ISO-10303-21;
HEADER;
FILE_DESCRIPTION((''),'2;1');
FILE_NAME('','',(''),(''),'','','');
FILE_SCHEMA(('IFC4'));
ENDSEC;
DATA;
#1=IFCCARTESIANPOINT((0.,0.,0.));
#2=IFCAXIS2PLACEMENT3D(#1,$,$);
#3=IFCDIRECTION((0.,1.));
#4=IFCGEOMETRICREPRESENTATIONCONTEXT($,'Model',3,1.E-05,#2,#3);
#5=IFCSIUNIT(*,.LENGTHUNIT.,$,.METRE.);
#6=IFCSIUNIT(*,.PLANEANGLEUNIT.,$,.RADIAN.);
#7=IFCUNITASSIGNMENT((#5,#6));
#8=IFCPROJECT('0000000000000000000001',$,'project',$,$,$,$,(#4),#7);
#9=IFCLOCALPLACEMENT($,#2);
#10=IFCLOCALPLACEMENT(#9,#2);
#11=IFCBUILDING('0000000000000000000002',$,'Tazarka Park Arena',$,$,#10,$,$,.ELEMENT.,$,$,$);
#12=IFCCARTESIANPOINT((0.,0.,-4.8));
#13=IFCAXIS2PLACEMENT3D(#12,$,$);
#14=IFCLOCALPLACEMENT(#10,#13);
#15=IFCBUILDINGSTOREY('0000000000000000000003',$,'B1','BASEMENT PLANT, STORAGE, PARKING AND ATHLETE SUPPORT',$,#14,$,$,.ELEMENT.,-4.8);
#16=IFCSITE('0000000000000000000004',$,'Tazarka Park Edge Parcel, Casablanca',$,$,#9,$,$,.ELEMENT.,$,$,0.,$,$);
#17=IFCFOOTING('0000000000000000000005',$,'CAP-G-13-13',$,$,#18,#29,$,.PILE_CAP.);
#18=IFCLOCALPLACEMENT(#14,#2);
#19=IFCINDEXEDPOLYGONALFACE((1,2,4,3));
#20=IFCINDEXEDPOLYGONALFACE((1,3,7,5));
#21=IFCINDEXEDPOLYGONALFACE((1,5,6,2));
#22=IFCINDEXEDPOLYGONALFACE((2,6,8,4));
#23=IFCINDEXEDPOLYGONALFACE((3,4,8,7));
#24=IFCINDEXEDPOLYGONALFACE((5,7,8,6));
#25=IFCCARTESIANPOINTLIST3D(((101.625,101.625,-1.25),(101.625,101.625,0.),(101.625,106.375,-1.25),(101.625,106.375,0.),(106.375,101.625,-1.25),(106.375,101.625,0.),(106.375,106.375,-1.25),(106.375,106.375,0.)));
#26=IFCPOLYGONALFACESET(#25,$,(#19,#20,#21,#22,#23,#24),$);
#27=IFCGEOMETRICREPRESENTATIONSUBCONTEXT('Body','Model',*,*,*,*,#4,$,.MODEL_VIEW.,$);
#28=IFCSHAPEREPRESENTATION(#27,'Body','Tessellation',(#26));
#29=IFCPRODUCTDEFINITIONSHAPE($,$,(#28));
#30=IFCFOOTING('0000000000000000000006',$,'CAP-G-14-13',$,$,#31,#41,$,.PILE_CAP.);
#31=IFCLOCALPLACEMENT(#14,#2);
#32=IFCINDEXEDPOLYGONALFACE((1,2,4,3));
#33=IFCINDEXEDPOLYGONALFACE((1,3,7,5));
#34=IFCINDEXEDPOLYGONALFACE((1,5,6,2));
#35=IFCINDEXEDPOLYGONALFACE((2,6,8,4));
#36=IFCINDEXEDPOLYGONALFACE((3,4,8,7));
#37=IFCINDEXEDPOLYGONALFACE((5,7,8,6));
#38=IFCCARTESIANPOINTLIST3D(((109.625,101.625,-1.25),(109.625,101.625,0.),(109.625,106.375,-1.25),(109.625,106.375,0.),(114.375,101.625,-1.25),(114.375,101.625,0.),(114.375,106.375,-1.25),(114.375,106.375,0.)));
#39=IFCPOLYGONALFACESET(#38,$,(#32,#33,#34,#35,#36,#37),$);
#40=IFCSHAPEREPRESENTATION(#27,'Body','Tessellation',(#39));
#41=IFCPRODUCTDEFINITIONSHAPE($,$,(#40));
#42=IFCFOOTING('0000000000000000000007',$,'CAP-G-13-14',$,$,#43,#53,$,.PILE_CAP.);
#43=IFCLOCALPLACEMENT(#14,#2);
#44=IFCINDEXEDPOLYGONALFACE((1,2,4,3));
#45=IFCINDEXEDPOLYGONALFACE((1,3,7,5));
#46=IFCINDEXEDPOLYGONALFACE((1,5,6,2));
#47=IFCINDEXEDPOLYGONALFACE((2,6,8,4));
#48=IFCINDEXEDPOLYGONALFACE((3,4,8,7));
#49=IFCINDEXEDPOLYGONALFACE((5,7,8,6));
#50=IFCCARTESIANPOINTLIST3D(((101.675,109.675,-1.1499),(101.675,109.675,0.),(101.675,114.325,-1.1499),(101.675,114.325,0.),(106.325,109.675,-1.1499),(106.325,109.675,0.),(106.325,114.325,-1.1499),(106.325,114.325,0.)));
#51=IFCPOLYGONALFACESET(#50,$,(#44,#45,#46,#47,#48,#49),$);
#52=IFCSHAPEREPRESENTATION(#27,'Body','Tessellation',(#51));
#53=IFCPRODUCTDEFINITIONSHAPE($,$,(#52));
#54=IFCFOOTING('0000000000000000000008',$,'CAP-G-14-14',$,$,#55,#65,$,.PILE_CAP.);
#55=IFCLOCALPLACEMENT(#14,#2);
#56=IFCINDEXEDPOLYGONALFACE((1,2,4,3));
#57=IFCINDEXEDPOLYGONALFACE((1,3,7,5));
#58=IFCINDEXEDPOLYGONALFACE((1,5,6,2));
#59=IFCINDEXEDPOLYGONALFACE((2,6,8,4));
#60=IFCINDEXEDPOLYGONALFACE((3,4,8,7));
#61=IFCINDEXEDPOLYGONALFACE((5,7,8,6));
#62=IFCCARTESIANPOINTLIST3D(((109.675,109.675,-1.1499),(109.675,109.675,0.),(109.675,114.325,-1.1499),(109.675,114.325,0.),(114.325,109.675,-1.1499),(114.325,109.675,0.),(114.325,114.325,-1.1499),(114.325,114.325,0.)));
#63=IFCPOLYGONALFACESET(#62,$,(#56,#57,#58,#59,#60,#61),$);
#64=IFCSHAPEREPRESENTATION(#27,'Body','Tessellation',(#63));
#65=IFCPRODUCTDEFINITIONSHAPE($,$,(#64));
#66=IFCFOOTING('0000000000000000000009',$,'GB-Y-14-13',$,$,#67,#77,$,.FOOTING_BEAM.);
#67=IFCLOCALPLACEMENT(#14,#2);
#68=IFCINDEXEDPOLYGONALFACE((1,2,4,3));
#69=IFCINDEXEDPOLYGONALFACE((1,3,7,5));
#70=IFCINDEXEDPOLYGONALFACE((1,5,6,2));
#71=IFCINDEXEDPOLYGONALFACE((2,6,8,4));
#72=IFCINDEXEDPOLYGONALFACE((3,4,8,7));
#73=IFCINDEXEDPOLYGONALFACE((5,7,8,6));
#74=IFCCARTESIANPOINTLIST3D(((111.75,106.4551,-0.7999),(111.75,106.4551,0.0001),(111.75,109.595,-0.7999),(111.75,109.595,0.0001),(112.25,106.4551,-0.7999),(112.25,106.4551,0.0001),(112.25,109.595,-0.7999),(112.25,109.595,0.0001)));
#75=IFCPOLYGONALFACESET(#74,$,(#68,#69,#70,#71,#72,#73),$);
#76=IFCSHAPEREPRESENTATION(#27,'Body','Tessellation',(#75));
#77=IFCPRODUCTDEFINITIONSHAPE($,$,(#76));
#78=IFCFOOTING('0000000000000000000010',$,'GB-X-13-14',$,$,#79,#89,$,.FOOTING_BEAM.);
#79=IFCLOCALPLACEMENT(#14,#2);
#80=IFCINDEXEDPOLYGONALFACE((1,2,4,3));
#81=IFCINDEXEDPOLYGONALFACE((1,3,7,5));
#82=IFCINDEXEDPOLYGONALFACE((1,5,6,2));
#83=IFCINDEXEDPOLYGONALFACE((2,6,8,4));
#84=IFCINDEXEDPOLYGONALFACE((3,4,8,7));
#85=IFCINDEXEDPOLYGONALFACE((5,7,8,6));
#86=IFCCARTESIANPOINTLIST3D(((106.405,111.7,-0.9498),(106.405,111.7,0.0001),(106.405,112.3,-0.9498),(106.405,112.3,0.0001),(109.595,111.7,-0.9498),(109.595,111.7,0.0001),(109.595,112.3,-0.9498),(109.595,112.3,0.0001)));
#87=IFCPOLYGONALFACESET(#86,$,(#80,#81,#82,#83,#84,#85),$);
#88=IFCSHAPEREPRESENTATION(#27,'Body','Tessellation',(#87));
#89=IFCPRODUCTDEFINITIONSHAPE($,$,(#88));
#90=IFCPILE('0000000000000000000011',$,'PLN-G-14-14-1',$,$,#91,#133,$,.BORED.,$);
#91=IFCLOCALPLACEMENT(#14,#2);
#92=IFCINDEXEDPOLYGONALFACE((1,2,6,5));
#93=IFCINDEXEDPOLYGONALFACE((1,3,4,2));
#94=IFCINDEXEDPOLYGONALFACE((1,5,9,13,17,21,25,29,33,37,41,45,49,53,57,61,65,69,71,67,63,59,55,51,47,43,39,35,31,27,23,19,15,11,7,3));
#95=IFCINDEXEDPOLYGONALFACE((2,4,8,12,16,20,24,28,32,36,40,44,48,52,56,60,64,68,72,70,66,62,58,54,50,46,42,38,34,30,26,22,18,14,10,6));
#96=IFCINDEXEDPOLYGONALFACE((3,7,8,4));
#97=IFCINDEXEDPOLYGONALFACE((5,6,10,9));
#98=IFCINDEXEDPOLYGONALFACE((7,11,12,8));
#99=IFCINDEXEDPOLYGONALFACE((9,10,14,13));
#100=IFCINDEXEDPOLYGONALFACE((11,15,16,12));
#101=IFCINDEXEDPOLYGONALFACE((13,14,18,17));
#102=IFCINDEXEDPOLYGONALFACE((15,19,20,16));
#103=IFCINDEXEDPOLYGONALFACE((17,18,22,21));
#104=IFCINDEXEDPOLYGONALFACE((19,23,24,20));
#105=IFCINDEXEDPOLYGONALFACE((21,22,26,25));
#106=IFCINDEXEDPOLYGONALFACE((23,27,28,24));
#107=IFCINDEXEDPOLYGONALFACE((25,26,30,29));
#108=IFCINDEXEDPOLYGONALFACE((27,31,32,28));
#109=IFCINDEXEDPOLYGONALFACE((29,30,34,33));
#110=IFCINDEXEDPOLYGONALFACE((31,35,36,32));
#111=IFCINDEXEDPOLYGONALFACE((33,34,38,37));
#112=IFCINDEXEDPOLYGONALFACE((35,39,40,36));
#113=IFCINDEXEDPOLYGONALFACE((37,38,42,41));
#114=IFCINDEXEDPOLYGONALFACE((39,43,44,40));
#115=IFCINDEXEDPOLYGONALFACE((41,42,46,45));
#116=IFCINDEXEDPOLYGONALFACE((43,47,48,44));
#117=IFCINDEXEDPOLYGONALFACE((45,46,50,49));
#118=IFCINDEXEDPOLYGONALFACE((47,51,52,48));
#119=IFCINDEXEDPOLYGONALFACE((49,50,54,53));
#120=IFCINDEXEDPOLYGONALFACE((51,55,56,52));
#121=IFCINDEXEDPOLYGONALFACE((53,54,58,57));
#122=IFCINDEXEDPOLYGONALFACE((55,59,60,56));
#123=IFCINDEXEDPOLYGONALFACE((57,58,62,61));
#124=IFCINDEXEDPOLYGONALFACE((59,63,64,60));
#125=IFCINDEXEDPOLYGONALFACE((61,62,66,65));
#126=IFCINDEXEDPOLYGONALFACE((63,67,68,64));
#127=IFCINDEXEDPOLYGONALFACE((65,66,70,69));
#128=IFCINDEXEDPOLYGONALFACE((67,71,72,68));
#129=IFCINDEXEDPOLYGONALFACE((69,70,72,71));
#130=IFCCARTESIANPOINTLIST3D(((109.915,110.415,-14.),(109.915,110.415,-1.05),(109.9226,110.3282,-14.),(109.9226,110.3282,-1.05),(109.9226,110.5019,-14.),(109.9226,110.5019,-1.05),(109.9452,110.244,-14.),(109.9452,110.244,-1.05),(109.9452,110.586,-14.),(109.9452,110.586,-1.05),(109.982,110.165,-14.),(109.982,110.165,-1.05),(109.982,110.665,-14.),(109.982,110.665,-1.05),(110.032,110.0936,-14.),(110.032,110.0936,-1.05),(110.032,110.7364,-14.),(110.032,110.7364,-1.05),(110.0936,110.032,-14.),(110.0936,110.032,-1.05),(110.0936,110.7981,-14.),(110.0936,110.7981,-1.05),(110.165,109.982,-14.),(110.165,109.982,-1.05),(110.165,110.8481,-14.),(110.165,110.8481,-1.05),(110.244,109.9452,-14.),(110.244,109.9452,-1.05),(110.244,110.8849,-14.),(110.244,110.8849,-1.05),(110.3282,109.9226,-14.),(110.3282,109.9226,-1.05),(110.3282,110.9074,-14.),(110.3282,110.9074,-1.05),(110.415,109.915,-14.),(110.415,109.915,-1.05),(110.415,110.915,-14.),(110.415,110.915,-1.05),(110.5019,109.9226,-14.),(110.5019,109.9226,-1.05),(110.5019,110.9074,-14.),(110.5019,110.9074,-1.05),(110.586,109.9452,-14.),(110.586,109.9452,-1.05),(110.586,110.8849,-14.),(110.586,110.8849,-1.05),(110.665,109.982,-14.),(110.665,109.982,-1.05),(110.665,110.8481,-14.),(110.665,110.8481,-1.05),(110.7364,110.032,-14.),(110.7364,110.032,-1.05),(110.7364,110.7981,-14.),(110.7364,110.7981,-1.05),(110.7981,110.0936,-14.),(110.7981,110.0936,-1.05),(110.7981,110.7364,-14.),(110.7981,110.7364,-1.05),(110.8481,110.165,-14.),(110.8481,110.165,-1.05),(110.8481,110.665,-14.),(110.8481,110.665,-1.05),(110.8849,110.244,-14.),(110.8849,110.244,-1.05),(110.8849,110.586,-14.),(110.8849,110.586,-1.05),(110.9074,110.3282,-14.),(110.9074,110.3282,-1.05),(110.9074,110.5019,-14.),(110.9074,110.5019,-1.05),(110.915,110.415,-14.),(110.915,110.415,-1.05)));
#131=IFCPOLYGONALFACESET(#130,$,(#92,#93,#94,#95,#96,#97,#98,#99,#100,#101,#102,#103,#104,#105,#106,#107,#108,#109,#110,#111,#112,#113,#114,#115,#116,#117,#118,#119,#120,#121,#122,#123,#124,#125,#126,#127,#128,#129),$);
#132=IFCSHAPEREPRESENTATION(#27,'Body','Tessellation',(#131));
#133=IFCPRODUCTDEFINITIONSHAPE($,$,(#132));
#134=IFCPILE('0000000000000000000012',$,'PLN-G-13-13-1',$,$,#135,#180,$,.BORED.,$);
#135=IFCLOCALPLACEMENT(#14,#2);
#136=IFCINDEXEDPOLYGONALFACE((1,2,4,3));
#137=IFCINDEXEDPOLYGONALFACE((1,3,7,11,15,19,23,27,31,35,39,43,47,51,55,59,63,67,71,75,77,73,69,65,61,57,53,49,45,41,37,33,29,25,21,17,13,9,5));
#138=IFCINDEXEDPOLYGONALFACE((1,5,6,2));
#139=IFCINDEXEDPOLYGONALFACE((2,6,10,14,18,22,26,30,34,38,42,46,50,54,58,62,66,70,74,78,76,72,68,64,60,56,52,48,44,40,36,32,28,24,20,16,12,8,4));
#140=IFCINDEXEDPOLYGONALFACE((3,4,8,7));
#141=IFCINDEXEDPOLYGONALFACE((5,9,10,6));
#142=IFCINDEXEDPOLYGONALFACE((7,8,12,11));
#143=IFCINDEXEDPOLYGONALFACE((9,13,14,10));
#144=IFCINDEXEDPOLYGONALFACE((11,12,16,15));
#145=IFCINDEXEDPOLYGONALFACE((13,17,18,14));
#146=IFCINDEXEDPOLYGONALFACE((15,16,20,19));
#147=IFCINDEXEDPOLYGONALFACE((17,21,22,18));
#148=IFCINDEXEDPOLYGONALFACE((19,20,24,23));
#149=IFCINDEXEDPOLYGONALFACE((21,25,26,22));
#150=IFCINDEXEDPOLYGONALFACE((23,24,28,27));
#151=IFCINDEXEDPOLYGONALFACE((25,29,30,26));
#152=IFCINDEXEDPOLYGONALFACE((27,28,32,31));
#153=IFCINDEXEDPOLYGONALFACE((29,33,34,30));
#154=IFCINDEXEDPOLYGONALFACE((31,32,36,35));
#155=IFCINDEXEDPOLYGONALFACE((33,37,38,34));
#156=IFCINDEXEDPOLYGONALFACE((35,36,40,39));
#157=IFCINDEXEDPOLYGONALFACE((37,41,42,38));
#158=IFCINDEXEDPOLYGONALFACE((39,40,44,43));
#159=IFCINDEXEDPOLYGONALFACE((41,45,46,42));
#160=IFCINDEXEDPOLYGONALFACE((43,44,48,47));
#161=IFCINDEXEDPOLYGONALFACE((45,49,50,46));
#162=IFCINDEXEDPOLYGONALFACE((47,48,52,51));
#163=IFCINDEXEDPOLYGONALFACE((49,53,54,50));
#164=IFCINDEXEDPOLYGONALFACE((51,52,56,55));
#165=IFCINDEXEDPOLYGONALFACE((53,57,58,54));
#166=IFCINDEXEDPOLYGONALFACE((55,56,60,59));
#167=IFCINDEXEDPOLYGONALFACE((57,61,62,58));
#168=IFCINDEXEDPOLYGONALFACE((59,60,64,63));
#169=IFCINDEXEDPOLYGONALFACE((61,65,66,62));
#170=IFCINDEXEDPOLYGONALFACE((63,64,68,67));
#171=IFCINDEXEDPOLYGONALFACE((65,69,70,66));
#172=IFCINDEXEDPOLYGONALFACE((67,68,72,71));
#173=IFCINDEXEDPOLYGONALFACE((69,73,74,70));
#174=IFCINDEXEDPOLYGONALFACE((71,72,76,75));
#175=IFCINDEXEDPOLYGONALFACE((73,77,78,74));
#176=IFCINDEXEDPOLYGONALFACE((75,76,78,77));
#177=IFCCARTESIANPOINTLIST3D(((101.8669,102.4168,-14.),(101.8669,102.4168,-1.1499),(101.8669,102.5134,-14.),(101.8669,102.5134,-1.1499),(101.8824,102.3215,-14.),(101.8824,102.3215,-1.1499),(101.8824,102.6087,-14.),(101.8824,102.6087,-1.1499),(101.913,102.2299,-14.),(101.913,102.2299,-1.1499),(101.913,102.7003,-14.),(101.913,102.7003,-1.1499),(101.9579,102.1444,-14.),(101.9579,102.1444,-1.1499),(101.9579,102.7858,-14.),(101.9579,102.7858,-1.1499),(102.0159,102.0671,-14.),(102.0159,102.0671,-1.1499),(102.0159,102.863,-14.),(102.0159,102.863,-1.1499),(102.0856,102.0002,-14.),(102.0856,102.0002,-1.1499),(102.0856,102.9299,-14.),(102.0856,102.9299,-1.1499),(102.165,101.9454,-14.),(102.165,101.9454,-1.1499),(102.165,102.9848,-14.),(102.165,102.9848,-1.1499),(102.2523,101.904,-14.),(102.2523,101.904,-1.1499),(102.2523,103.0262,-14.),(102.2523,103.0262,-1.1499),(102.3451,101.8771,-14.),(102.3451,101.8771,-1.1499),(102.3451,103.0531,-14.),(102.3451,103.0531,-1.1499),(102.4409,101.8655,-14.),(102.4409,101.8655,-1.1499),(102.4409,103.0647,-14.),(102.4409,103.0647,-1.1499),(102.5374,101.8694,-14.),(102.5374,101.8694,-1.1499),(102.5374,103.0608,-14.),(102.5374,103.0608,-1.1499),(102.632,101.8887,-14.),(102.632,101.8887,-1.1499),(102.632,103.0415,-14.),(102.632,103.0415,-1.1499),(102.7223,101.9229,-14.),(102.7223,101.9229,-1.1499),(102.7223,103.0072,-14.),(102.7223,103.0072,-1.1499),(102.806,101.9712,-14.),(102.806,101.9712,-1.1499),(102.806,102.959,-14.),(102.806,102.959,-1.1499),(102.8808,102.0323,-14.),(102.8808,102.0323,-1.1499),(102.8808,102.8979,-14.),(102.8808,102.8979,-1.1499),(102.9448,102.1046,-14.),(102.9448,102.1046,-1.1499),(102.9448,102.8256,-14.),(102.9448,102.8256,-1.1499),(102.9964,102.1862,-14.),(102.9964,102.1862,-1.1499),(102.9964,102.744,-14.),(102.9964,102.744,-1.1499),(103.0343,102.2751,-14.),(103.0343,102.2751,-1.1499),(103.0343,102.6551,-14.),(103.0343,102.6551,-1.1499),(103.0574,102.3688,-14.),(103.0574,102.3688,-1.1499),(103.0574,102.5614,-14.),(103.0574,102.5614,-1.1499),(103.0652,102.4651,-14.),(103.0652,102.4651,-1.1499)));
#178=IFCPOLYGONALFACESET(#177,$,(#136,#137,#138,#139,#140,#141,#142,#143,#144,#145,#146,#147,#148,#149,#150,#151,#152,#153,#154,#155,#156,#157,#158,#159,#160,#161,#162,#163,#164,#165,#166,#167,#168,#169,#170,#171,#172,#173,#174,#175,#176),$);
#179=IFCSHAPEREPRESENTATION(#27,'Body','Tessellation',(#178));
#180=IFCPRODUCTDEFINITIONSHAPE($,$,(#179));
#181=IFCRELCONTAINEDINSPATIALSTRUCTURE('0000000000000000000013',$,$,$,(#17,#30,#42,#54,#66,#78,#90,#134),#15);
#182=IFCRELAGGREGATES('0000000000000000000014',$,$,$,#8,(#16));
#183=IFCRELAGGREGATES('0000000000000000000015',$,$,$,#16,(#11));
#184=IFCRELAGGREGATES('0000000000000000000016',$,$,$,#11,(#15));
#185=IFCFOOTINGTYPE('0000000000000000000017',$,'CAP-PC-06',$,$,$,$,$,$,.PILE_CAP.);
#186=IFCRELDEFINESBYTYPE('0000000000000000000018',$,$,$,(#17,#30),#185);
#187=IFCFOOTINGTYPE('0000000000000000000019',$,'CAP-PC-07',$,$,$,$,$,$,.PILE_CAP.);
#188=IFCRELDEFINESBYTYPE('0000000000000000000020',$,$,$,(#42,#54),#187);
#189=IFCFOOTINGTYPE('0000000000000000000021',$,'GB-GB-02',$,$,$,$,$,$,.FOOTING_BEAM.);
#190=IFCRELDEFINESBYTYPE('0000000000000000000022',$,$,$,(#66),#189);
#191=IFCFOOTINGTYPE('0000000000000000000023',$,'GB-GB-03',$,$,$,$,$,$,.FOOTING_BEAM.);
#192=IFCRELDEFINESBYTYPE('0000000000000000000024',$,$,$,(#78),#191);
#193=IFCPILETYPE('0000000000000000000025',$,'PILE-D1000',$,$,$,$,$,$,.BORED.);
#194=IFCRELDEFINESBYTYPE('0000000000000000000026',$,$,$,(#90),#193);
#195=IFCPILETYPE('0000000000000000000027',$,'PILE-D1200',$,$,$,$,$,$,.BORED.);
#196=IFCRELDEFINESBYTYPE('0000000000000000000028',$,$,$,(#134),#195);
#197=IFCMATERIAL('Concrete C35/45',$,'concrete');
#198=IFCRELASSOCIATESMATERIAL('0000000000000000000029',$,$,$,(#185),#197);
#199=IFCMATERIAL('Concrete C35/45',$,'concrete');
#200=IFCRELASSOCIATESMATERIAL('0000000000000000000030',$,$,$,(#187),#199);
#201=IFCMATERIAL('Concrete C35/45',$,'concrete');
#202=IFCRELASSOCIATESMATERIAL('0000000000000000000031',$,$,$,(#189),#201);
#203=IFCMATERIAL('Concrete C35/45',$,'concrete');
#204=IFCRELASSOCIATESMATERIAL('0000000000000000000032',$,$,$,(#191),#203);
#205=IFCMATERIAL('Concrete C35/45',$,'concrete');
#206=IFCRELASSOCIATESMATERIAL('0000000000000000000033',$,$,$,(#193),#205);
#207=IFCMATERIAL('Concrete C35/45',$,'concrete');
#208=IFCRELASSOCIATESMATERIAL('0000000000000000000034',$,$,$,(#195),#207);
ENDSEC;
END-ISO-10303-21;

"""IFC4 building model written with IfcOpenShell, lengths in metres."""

from ifc_helpers import new_model, si_unit, direction, frame, origin, origin_2d, place, context, subcontext, project, spatial, rectangle, circle, extrude, material, material_profile, profile_set, type_object, element, save


model = new_model("IFC4")

# Units and contexts
model_context = context("Model", 3, precision=1e-05, world=origin(), true_north=direction((0.0, 1.0)))
body_context = subcontext(model_context, "Body", "Model", "MODEL_VIEW")
ifc_project = project(units=[si_unit("LENGTHUNIT", "METRE"), si_unit("PLANEANGLEUNIT", "RADIAN")], contexts=[model_context])

# Site, building, storey
site_placement = place(None, origin())
site = spatial("IfcSite", under=ifc_project, at=site_placement, Name="Tazarka Park Edge Parcel, Casablanca", CompositionType="ELEMENT", RefElevation=0.0)
building_placement = place(site_placement, origin())
building = spatial("IfcBuilding", under=site, at=building_placement, Name="Tazarka Park Arena", CompositionType="ELEMENT")
storey_placement = place(building_placement, frame((0.0, 0.0, -4.8)))
storey = spatial("IfcBuildingStorey", under=building, at=storey_placement, Name="B1", Description="BASEMENT PLANT, STORAGE, PARKING AND ATHLETE SUPPORT", CompositionType="ELEMENT", Elevation=-4.8)

# Footings
ifc_material_1 = material(Name="Concrete C35/45", Category="concrete")
footing_type_1 = type_object("IfcFootingType", Name="CAP-PC-06", PredefinedType="PILE_CAP", material=ifc_material_1)
for number, where, z_axis, x_axis, name in (
    (1, (104.0, 104.0, -1.25), (0.0, 0.0, 1.0), (1.0, 0.0, 0.0), "CAP-G-13-13"),
    (2, (112.0, 104.0, -1.25), (0.0, 0.0, 1.0), (1.0, 0.0, 0.0), "CAP-G-14-13"),
):
    element("IfcFooting", number, at=place(storey_placement, frame(where, z_axis=z_axis, x_axis=x_axis)), inside=storey, type_object=footing_type_1, Name=name, PredefinedType="PILE_CAP", context=body_context, shape_type="SweptSolid", body=[
        extrude(rectangle(XDim=4.75, YDim=4.75, at=origin_2d()), origin(), (0.0, 0.0, 1.0), 1.25),
    ])
ifc_material_2 = material(Name="Concrete C35/45", Category="concrete")
footing_type_2 = type_object("IfcFootingType", Name="CAP-PC-07", PredefinedType="PILE_CAP", material=ifc_material_2)
for number, where, z_axis, x_axis, name in (
    (3, (104.0, 112.0, -1.1499), (0.0, 0.0, 1.0), (1.0, 0.0, 0.0), "CAP-G-13-14"),
    (4, (112.0, 112.0, -1.1499), (0.0, 0.0, 1.0), (1.0, 0.0, 0.0), "CAP-G-14-14"),
):
    element("IfcFooting", number, at=place(storey_placement, frame(where, z_axis=z_axis, x_axis=x_axis)), inside=storey, type_object=footing_type_2, Name=name, PredefinedType="PILE_CAP", context=body_context, shape_type="SweptSolid", body=[
        extrude(rectangle(XDim=4.6499, YDim=4.6499, at=origin_2d()), origin(), (0.0, 0.0, 1.0), 1.1499),
    ])
ifc_material_3 = material(Name="Concrete C35/45", Category="concrete")
ifc_material_profile_1 = material_profile(ifc_material_3, rectangle(XDim=0.5, YDim=0.8, at=origin_2d()), Name="Concrete C35/45")
ifc_profile_set_1 = profile_set([ifc_material_profile_1], Name="Concrete C35/45")
footing_type_3 = type_object("IfcFootingType", Name="GB-GB-02", PredefinedType="FOOTING_BEAM", material=ifc_profile_set_1)
footing_1_placement = place(storey_placement, frame((112.0, 106.4551, -0.3999), z_axis=(0.0, 1.0, 0.0), x_axis=(-1.0, 0.0, 0.0)))
element("IfcFooting", 5, at=footing_1_placement, inside=storey, type_object=footing_type_3, Name="GB-Y-14-13", PredefinedType="FOOTING_BEAM", context=body_context, shape_type="SweptSolid", body=[
    extrude(rectangle(XDim=0.5, YDim=0.8, at=origin_2d()), origin(), (0.0, 0.0, 1.0), 3.1399),
])
ifc_material_4 = material(Name="Concrete C35/45", Category="concrete")
ifc_material_profile_2 = material_profile(ifc_material_4, rectangle(XDim=0.6001, YDim=0.95, at=origin_2d()), Name="Concrete C35/45")
ifc_profile_set_2 = profile_set([ifc_material_profile_2], Name="Concrete C35/45")
footing_type_4 = type_object("IfcFootingType", Name="GB-GB-03", PredefinedType="FOOTING_BEAM", material=ifc_profile_set_2)
footing_2_placement = place(storey_placement, frame((106.405, 112.0, -0.4749), z_axis=(1.0, 0.0, 0.0), x_axis=(0.0, 1.0, 0.0)))
element("IfcFooting", 6, at=footing_2_placement, inside=storey, type_object=footing_type_4, Name="GB-X-13-14", PredefinedType="FOOTING_BEAM", context=body_context, shape_type="SweptSolid", body=[
    extrude(rectangle(XDim=0.6001, YDim=0.95, at=origin_2d()), origin(), (0.0, 0.0, 1.0), 3.1899),
])

# Piles
ifc_material_5 = material(Name="Concrete C35/45", Category="concrete")
ifc_material_profile_3 = material_profile(ifc_material_5, circle(Radius=0.5, at=origin_2d()), Name="Concrete C35/45")
ifc_profile_set_3 = profile_set([ifc_material_profile_3], Name="Concrete C35/45")
pile_type_1 = type_object("IfcPileType", Name="PILE-D1000", PredefinedType="BORED", material=ifc_profile_set_3)
pile_1_placement = place(storey_placement, frame((110.415, 110.415, -1.05), z_axis=(0.0, 0.0, -1.0), x_axis=(1.0, 0.0, 0.0)))
element("IfcPile", 7, at=pile_1_placement, inside=storey, type_object=pile_type_1, Name="PLN-G-14-14-1", PredefinedType="BORED", context=body_context, shape_type="SweptSolid", body=[
    extrude(circle(Radius=0.5, at=origin_2d()), origin(), (0.0, 0.0, 1.0), 12.95),
])
ifc_material_6 = material(Name="Concrete C35/45", Category="concrete")
ifc_material_profile_4 = material_profile(ifc_material_6, circle(Radius=0.6001, at=origin_2d()), Name="Concrete C35/45")
ifc_profile_set_4 = profile_set([ifc_material_profile_4], Name="Concrete C35/45")
pile_type_2 = type_object("IfcPileType", Name="PILE-D1200", PredefinedType="BORED", material=ifc_profile_set_4)
for number, where, z_axis, x_axis, name in (
    (8, (102.4651, 102.4651, -1.1499), (0.0, 0.0, -1.0), (1.0, 0.0, 0.0), "PLN-G-13-13-1"),
):
    element("IfcPile", number, at=place(storey_placement, frame(where, z_axis=z_axis, x_axis=x_axis)), inside=storey, type_object=pile_type_2, Name=name, PredefinedType="BORED", context=body_context, shape_type="SweptSolid", body=[
        extrude(circle(Radius=0.6001, at=origin_2d()), origin(), (0.0, 0.0, 1.0), 12.8501),
    ])

save(model, "model.ifc")
